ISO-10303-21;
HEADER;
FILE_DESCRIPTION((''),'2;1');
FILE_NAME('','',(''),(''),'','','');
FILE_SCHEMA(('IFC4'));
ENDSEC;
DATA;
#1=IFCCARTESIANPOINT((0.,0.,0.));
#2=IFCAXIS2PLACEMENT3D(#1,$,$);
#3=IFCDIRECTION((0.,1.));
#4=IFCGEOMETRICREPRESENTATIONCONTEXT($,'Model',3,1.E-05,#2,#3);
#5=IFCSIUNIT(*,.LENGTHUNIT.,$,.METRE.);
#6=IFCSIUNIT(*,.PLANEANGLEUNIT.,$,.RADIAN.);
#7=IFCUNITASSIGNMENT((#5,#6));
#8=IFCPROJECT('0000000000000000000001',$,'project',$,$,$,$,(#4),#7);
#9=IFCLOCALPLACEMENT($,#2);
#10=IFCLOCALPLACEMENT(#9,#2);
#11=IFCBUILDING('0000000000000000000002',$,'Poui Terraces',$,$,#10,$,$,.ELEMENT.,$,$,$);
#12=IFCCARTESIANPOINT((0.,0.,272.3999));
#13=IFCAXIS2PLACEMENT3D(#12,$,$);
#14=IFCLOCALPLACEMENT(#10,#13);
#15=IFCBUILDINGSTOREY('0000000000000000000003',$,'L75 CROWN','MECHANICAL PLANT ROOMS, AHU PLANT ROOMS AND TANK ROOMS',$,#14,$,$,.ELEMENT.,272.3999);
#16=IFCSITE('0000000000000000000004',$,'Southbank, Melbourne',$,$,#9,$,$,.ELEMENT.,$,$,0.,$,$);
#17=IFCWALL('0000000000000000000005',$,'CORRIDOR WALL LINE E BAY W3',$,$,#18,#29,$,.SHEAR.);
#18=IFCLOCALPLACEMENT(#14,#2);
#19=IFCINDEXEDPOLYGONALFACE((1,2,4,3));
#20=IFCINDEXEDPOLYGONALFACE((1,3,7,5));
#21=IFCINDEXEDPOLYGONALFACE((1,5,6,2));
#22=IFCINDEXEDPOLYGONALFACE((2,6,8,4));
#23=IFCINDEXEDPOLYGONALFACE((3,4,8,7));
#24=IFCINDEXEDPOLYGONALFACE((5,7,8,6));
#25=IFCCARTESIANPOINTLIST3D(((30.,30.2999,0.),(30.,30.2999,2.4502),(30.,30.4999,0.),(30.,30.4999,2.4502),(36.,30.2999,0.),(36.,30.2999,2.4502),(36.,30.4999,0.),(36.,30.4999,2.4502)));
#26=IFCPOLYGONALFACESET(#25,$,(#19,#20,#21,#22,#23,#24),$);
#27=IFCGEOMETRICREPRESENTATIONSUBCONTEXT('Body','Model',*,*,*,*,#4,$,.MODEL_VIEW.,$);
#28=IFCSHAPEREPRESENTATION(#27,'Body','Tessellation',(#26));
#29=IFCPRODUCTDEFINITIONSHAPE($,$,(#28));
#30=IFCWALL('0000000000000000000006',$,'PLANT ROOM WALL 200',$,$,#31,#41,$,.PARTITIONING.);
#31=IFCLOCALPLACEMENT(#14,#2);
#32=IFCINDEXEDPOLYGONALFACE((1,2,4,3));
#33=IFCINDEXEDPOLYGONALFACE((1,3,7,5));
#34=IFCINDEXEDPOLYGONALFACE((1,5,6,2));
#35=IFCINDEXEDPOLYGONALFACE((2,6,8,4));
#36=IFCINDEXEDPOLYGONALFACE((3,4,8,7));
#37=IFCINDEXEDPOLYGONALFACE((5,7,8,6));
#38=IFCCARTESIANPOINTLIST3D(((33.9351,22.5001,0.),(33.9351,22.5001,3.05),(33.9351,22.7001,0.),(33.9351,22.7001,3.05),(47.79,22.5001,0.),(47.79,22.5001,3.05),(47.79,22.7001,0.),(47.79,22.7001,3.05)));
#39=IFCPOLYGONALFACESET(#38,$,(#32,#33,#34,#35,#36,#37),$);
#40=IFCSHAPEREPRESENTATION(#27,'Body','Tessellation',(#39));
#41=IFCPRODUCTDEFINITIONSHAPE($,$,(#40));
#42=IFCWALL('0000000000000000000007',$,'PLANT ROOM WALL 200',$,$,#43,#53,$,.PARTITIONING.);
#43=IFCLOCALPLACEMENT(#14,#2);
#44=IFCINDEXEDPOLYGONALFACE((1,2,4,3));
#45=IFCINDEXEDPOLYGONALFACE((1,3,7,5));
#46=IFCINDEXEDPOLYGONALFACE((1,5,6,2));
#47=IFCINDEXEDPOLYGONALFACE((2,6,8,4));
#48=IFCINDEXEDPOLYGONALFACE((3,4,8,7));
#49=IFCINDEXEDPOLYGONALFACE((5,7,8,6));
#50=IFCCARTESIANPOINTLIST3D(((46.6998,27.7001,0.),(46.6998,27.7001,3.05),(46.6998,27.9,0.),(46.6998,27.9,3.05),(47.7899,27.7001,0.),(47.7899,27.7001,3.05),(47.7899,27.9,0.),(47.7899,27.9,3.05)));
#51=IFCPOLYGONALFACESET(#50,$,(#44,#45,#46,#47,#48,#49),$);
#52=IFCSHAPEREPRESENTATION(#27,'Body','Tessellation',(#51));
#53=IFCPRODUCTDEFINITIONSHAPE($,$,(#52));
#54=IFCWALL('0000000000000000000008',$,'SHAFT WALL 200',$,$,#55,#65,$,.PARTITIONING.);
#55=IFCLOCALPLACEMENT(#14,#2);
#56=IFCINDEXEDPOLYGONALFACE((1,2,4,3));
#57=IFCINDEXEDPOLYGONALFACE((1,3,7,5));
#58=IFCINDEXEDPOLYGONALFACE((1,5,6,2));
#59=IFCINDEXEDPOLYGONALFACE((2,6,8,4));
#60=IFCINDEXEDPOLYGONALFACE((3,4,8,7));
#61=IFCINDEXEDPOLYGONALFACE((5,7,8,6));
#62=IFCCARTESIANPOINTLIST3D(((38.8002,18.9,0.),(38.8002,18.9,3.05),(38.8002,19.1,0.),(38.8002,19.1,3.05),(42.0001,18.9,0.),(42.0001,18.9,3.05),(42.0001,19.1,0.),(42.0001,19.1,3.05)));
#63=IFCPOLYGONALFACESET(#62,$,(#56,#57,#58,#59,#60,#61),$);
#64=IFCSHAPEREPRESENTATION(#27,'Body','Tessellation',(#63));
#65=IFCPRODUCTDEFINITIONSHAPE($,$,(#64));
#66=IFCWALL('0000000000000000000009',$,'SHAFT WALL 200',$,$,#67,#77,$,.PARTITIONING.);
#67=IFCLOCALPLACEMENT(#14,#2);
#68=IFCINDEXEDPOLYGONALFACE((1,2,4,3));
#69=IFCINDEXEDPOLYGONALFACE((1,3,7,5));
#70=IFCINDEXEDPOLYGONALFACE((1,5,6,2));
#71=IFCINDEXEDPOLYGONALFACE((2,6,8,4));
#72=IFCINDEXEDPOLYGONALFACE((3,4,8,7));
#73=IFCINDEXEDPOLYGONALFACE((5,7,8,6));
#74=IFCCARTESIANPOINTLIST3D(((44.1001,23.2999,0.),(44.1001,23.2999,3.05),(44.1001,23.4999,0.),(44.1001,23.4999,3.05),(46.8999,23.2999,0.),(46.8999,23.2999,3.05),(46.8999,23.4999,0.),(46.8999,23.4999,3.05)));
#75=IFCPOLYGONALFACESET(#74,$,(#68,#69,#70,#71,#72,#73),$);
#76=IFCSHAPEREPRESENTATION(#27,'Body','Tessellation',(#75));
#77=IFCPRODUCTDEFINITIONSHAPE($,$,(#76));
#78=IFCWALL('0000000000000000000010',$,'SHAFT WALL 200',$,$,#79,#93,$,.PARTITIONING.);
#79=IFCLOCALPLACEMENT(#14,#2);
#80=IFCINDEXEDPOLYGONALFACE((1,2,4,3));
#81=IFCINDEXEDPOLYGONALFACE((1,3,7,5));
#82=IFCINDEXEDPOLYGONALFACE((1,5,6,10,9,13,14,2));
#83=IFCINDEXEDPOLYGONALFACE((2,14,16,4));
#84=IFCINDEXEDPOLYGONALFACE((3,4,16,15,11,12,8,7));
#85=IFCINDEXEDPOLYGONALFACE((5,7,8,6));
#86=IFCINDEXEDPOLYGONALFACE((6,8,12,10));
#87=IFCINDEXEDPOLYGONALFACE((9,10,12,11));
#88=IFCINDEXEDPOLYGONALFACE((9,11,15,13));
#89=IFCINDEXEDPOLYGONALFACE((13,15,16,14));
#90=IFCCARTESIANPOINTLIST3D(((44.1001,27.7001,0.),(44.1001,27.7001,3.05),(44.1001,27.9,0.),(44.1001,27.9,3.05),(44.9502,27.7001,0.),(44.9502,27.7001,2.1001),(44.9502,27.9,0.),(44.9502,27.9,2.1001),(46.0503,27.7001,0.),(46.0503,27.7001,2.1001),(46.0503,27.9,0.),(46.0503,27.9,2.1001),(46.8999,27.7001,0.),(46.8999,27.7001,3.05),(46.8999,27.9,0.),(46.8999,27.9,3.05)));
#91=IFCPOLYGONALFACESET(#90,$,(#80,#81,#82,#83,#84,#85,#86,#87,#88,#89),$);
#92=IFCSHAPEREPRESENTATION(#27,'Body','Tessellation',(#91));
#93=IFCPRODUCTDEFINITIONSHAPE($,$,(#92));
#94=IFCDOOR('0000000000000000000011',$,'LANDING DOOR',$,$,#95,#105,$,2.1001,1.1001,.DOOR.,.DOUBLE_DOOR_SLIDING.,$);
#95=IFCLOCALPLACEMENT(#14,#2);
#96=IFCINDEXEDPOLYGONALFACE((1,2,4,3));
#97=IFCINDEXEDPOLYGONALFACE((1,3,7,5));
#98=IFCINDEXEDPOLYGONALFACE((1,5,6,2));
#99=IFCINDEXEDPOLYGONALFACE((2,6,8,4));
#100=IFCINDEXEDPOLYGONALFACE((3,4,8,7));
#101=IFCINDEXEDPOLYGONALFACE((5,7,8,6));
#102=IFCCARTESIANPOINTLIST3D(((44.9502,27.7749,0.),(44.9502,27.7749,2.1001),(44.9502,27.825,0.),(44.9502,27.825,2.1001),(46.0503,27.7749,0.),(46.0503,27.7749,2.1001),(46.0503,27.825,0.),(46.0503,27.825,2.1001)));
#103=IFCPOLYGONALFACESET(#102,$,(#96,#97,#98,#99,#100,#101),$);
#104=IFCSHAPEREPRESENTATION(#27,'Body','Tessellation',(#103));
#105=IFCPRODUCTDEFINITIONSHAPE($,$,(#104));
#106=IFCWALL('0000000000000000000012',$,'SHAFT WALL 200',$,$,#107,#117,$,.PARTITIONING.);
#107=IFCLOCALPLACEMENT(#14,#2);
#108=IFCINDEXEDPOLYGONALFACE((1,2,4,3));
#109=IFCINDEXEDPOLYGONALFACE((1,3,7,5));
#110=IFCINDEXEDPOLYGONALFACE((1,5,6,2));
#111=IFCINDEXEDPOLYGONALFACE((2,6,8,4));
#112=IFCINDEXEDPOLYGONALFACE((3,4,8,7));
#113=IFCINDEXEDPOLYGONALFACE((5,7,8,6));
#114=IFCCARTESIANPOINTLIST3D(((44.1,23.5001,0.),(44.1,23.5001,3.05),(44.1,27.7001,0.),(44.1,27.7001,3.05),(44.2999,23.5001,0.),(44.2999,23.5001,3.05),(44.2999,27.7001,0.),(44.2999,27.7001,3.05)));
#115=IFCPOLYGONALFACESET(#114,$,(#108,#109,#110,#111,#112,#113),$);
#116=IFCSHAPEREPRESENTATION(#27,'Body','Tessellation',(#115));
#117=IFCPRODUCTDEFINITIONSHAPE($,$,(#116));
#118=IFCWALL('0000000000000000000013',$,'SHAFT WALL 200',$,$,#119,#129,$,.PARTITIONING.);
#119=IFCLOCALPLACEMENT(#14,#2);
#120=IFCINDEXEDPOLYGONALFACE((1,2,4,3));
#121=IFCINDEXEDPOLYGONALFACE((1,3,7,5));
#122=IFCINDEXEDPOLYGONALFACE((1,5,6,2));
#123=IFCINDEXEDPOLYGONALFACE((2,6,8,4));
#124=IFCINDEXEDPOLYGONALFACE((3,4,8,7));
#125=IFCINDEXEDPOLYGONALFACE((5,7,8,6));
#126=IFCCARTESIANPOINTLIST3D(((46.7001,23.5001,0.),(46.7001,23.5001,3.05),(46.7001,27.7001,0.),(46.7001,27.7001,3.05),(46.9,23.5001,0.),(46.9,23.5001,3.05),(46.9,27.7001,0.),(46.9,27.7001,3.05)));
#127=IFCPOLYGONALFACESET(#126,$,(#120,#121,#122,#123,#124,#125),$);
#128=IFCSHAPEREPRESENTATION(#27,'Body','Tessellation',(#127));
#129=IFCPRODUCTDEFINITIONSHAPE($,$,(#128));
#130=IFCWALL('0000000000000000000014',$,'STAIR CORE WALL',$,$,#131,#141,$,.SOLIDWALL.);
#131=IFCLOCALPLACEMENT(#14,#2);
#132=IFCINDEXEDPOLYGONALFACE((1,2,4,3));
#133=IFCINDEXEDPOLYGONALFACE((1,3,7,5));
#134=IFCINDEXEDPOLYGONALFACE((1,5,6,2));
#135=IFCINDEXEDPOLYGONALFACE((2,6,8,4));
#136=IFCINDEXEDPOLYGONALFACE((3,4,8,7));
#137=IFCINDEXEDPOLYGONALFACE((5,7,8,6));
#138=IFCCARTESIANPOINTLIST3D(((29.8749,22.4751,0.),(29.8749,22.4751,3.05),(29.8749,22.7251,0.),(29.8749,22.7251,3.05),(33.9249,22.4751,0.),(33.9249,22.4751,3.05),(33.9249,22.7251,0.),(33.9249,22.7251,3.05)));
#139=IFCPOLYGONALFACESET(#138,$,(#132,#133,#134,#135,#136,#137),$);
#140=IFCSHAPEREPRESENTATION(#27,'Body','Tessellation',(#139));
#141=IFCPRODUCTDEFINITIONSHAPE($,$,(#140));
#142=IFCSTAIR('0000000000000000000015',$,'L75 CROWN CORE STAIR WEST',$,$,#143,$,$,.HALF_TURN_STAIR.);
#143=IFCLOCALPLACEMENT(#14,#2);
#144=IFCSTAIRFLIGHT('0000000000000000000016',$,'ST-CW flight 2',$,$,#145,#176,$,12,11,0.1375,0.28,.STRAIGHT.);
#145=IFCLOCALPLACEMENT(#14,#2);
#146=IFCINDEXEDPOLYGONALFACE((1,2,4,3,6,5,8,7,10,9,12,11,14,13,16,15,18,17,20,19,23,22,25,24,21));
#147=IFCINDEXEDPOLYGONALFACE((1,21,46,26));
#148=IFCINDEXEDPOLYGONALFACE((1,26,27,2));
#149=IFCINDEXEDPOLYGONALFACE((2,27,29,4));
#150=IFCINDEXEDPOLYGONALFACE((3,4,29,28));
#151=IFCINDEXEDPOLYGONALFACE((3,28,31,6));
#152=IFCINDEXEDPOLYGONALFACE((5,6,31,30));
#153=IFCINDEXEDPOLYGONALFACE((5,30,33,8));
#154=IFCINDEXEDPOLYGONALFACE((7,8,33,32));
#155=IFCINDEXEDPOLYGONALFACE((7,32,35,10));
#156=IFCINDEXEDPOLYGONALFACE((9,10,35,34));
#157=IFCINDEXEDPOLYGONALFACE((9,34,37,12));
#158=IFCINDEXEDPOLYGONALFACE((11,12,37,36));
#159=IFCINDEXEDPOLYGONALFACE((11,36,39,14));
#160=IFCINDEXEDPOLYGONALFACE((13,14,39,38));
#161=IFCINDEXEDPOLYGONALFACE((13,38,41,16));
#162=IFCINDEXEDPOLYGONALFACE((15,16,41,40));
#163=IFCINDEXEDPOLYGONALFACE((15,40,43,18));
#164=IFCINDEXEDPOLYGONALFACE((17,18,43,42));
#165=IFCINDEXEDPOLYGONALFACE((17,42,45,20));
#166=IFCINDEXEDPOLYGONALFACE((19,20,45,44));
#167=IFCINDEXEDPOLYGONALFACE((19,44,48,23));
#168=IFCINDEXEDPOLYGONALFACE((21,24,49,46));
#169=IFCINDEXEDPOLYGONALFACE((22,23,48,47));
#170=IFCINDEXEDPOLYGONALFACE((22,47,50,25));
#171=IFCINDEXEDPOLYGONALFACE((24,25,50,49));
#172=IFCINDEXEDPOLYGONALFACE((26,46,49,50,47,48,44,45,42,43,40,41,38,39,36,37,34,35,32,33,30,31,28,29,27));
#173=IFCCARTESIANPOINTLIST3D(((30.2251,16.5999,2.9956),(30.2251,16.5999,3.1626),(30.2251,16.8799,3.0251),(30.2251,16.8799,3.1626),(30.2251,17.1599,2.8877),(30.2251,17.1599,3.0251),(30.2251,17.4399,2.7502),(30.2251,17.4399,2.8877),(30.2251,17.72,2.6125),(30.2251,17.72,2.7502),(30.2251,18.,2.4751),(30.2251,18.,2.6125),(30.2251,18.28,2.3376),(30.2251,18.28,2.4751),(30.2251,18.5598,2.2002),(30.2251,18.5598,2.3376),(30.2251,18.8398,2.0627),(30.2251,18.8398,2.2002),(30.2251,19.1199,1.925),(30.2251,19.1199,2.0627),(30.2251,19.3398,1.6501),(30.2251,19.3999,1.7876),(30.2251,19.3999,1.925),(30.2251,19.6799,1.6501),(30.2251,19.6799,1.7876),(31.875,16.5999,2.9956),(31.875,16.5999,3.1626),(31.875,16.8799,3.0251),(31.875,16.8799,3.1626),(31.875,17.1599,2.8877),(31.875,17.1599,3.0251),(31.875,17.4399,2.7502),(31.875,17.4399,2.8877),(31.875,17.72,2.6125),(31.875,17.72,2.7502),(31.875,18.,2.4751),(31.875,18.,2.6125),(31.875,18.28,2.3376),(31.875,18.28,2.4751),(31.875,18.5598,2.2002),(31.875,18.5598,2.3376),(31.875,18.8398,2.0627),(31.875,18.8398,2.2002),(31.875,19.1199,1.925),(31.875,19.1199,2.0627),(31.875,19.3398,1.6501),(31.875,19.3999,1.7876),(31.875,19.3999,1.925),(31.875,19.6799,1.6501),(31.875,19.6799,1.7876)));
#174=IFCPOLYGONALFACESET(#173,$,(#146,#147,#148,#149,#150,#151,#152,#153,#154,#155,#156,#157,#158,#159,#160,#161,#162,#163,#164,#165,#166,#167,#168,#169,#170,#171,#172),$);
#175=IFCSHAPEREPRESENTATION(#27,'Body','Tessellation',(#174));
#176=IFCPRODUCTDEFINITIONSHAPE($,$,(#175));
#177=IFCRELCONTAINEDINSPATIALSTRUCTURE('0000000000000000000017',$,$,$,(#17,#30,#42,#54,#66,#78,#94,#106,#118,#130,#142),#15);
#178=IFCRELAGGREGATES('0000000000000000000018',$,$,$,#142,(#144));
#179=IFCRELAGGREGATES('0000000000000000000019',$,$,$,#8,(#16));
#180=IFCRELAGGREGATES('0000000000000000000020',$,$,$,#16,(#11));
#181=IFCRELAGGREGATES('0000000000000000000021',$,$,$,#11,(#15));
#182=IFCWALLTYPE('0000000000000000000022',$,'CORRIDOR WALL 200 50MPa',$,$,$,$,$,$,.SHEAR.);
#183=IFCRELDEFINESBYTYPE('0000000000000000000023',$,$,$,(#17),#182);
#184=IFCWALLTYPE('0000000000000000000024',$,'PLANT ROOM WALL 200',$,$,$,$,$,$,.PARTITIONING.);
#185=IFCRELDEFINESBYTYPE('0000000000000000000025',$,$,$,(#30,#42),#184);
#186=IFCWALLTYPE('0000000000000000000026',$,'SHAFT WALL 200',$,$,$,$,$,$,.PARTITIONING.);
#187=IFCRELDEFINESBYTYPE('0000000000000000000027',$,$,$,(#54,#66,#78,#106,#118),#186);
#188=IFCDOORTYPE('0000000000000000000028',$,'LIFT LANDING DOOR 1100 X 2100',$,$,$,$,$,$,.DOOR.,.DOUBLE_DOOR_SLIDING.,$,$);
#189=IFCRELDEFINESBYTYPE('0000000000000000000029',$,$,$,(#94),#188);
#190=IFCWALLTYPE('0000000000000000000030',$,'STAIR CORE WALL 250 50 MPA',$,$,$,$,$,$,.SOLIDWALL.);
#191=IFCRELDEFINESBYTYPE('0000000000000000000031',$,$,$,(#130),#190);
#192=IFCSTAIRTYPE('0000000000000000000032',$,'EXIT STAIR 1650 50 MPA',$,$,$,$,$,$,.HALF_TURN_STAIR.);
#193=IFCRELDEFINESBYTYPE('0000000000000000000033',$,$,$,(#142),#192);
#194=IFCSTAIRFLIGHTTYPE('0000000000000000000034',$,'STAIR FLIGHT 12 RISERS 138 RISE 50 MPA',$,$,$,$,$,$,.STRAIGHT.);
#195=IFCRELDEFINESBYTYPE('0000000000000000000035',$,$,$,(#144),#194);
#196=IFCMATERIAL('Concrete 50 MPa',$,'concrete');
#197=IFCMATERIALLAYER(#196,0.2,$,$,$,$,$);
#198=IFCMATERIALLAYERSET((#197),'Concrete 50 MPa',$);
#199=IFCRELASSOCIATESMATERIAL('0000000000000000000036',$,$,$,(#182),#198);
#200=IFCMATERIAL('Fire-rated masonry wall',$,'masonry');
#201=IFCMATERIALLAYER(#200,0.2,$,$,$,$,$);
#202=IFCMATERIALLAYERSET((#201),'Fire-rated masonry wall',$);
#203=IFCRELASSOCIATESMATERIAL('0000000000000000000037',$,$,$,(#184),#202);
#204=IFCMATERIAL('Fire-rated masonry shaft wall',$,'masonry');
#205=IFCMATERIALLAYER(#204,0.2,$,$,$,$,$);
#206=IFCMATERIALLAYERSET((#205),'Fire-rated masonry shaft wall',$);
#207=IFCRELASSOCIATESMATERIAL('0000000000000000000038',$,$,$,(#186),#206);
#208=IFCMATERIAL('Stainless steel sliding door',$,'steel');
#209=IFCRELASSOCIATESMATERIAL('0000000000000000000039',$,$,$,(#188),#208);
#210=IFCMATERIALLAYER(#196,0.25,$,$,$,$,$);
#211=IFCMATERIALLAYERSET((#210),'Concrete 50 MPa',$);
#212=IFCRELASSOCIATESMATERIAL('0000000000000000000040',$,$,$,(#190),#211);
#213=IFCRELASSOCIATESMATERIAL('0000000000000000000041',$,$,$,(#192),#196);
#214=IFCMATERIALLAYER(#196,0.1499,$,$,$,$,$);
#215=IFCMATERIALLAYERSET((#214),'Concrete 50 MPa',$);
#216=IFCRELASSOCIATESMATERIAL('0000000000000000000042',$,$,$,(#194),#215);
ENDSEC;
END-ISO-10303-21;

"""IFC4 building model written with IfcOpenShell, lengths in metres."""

from ifc_helpers import new_model, si_unit, direction, frame, frame_2d, origin, place, context, subcontext, project, spatial, polyline, rectangle, outline, extrude, material, layer, layer_set, type_object, element, fill, aggregate, save


model = new_model("IFC4")

# Units and contexts
model_context = context("Model", 3, precision=1e-05, world=origin(), true_north=direction((0.0, 1.0)))
body_context = subcontext(model_context, "Body", "Model", "MODEL_VIEW")
ifc_project = project(units=[si_unit("LENGTHUNIT", "METRE"), si_unit("PLANEANGLEUNIT", "RADIAN")], contexts=[model_context])

# Site, building, storey
site_placement = place(None, origin())
site = spatial("IfcSite", under=ifc_project, at=site_placement, Name="Southbank, Melbourne", CompositionType="ELEMENT", RefElevation=0.0)
building_placement = place(site_placement, origin())
building = spatial("IfcBuilding", under=site, at=building_placement, Name="Poui Terraces", CompositionType="ELEMENT")
storey_placement = place(building_placement, frame((0.0, 0.0, 272.3999)))
storey = spatial("IfcBuildingStorey", under=building, at=storey_placement, Name="L75 CROWN", Description="MECHANICAL PLANT ROOMS, AHU PLANT ROOMS AND TANK ROOMS", CompositionType="ELEMENT", Elevation=272.3999)

# Walls
ifc_material_1 = material(Name="Concrete 50 MPa", Category="concrete")
ifc_layer_1 = layer(ifc_material_1, 0.2)
ifc_layer_set_1 = layer_set([ifc_layer_1], Name="Concrete 50 MPa")
wall_type_1 = type_object("IfcWallType", Name="CORRIDOR WALL 200 50MPa", PredefinedType="SHEAR", material=ifc_layer_set_1)
wall_1_placement = place(storey_placement, frame((30.0, 30.3999, 0.0), z_axis=(0.0, 0.0, 1.0), x_axis=(1.0, 0.0, 0.0)))
element("IfcWall", 1, at=wall_1_placement, inside=storey, type_object=wall_type_1, Name="CORRIDOR WALL LINE E BAY W3", PredefinedType="SHEAR", context=body_context, shape_type="SweptSolid", body=[
    extrude(rectangle(XDim=6.0, YDim=0.2, at=frame_2d((3.0, 0.0))), origin(), (0.0, 0.0, 1.0), 2.4502),
])
ifc_material_2 = material(Name="Fire-rated masonry wall", Category="masonry")
ifc_layer_2 = layer(ifc_material_2, 0.2)
ifc_layer_set_2 = layer_set([ifc_layer_2], Name="Fire-rated masonry wall")
wall_type_2 = type_object("IfcWallType", Name="PLANT ROOM WALL 200", PredefinedType="PARTITIONING", material=ifc_layer_set_2)
wall_2_placement = place(storey_placement, frame((33.9351, 22.6001, 0.0), z_axis=(0.0, 0.0, 1.0), x_axis=(1.0, 0.0, 0.0)))
element("IfcWall", 2, at=wall_2_placement, inside=storey, type_object=wall_type_2, Name="PLANT ROOM WALL 200", PredefinedType="PARTITIONING", context=body_context, shape_type="SweptSolid", body=[
    extrude(rectangle(XDim=13.855, YDim=0.2, at=frame_2d((6.9275, 0.0))), origin(), (0.0, 0.0, 1.0), 3.05),
])
wall_3_placement = place(storey_placement, frame((46.7, 27.8, 0.0), z_axis=(0.0, 0.0, 1.0), x_axis=(1.0, 0.0, 0.0)))
element("IfcWall", 3, at=wall_3_placement, inside=storey, type_object=wall_type_2, Name="PLANT ROOM WALL 200", PredefinedType="PARTITIONING", context=body_context, shape_type="SweptSolid", body=[
    extrude(rectangle(XDim=1.0901, YDim=0.2, at=frame_2d((0.5449, 0.0))), origin(), (0.0, 0.0, 1.0), 3.05),
])
ifc_material_3 = material(Name="Fire-rated masonry shaft wall", Category="masonry")
ifc_layer_3 = layer(ifc_material_3, 0.2)
ifc_layer_set_3 = layer_set([ifc_layer_3], Name="Fire-rated masonry shaft wall")
wall_type_3 = type_object("IfcWallType", Name="SHAFT WALL 200", PredefinedType="PARTITIONING", material=ifc_layer_set_3)
wall_4_placement = place(storey_placement, frame((38.8, 19.0, 0.0), z_axis=(0.0, 0.0, 1.0), x_axis=(1.0, 0.0, 0.0)))
element("IfcWall", 4, at=wall_4_placement, inside=storey, type_object=wall_type_3, Name="SHAFT WALL 200", PredefinedType="PARTITIONING", context=body_context, shape_type="SweptSolid", body=[
    extrude(rectangle(XDim=3.2, YDim=0.2, at=frame_2d((1.6001, 0.0))), origin(), (0.0, 0.0, 1.0), 3.05),
])
wall_5_placement = place(storey_placement, frame((44.1001, 23.3999, 0.0), z_axis=(0.0, 0.0, 1.0), x_axis=(1.0, 0.0, 0.0)))
element("IfcWall", 5, at=wall_5_placement, inside=storey, type_object=wall_type_3, Name="SHAFT WALL 200", PredefinedType="PARTITIONING", context=body_context, shape_type="SweptSolid", body=[
    extrude(rectangle(XDim=2.7998, YDim=0.2, at=frame_2d((1.3999, 0.0))), origin(), (0.0, 0.0, 1.0), 3.05),
])

# Wall, opening, door
wall_6_placement = place(storey_placement, frame((44.1001, 27.8, 0.0), z_axis=(0.0, 0.0, 1.0), x_axis=(1.0, 0.0, 0.0)))
wall_6 = element("IfcWall", 6, at=wall_6_placement, inside=storey, type_object=wall_type_3, Name="SHAFT WALL 200", PredefinedType="PARTITIONING", context=body_context, shape_type="SweptSolid", body=[
    extrude(rectangle(XDim=2.7998, YDim=0.2, at=frame_2d((1.3999, 0.0))), origin(), (0.0, 0.0, 1.0), 3.05),
])
opening_placement = place(wall_6_placement, frame((0.8501, 0.0, 0.0)))
opening = element("IfcOpeningElement", 7, at=opening_placement, cuts=wall_6, PredefinedType="OPENING", context=body_context, shape_type="SweptSolid", body=[
    extrude(rectangle(XDim=1.1001, YDim=2.1001, at=frame_2d((0.55, 1.05))), frame((0.0, 0.1099, 0.0), z_axis=(0.0, -1.0, 0.0), x_axis=(1.0, 0.0, 0.0)), (0.0, 0.0, 1.0), 0.22),
])
ifc_material_4 = material(Name="Stainless steel sliding door", Category="steel")
door_type = type_object("IfcDoorType", Name="LIFT LANDING DOOR 1100 X 2100", OperationType="DOUBLE_DOOR_SLIDING", PredefinedType="DOOR", material=ifc_material_4)
door_placement = place(opening_placement, origin())
door = element("IfcDoor", 8, at=door_placement, inside=storey, type_object=door_type, Name="LANDING DOOR", OperationType="DOUBLE_DOOR_SLIDING", OverallHeight=2.1001, OverallWidth=1.1001, PredefinedType="DOOR", context=body_context, shape_type="SweptSolid", body=[
    extrude(rectangle(XDim=1.1001, YDim=2.1001, at=frame_2d((0.55, 1.05))), frame((0.0, 0.0249, 0.0), z_axis=(0.0, -1.0, 0.0), x_axis=(1.0, 0.0, 0.0)), (0.0, 0.0, 1.0), 0.05),
])
fill(opening, door)

# Walls
for number, where, z_axis, x_axis, name in (
    (9, (44.2, 23.5, 0.0), (0.0, 0.0, 1.0), (0.0, 1.0, 0.0), "SHAFT WALL 200"),
    (10, (46.8, 23.5, 0.0), (0.0, 0.0, 1.0), (0.0, 1.0, 0.0), "SHAFT WALL 200"),
):
    element("IfcWall", number, at=place(storey_placement, frame(where, z_axis=z_axis, x_axis=x_axis)), inside=storey, type_object=wall_type_3, Name=name, PredefinedType="PARTITIONING", context=body_context, shape_type="SweptSolid", body=[
        extrude(rectangle(XDim=4.2, YDim=0.2, at=frame_2d((2.1001, 0.0))), origin(), (0.0, 0.0, 1.0), 3.05),
    ])
ifc_layer_4 = layer(ifc_material_1, 0.25)
ifc_layer_set_4 = layer_set([ifc_layer_4], Name="Concrete 50 MPa")
wall_type_4 = type_object("IfcWallType", Name="STAIR CORE WALL 250 50 MPA", PredefinedType="SOLIDWALL", material=ifc_layer_set_4)
wall_7_placement = place(storey_placement, frame((29.875, 22.6001, 0.0), z_axis=(0.0, 0.0, 1.0), x_axis=(1.0, 0.0, 0.0)))
element("IfcWall", 11, at=wall_7_placement, inside=storey, type_object=wall_type_4, Name="STAIR CORE WALL", PredefinedType="SOLIDWALL", context=body_context, shape_type="SweptSolid", body=[
    extrude(rectangle(XDim=4.05, YDim=0.25, at=frame_2d((2.0249, 0.0))), origin(), (0.0, 0.0, 1.0), 3.05),
])

# Stair, stair flight
stair_type = type_object("IfcStairType", Name="EXIT STAIR 1650 50 MPA", PredefinedType="HALF_TURN_STAIR", material=ifc_material_1)
stair_placement = place(storey_placement, origin())
stair = element("IfcStair", 12, at=stair_placement, inside=storey, type_object=stair_type, Name="L75 CROWN CORE STAIR WEST", PredefinedType="HALF_TURN_STAIR")
ifc_layer_5 = layer(ifc_material_1, 0.1499)
ifc_layer_set_5 = layer_set([ifc_layer_5], Name="Concrete 50 MPa")
stair_flight_type = type_object("IfcStairFlightType", Name="STAIR FLIGHT 12 RISERS 138 RISE 50 MPA", PredefinedType="STRAIGHT", material=ifc_layer_set_5)
stair_flight_placement = place(storey_placement, frame((31.05, 19.6799, 1.6501), z_axis=(0.0, 0.0, 1.0), x_axis=(0.0, -1.0, 0.0)))
stair_flight = element("IfcStairFlight", 13, at=stair_flight_placement, type_object=stair_flight_type, Name="ST-CW flight 2", NumberOfRisers=12, NumberOfTreads=11, PredefinedType="STRAIGHT", RiserHeight=0.1375, TreadLength=0.28, context=body_context, shape_type="SweptSolid", body=[
    extrude(outline(polyline([(0.0, 0.0), (0.0, 0.1375), (0.28, 0.1375), (0.28, 0.2749), (0.5601, 0.2749), (0.5601, 0.4126), (0.8401, 0.4126), (0.8401, 0.55), (1.1201, 0.55), (1.1201, 0.6875), (1.3999, 0.6875), (1.3999, 0.825), (1.6799, 0.825), (1.6799, 0.9624), (1.96, 0.9624), (1.96, 1.1001), (2.24, 1.1001), (2.24, 1.2375), (2.52, 1.2375), (2.52, 1.375), (2.8, 1.375), (2.8, 1.5125), (3.0801, 1.5125), (3.0801, 1.6499), (3.0801, 1.3455), (0.3401, 0.0), (0.0, 0.0)])), frame((0.0, 0.825, 0.0), z_axis=(0.0, -1.0, 0.0), x_axis=(1.0, 0.0, 0.0)), (0.0, 0.0, 1.0), 1.6499),
])
aggregate(stair, [stair_flight])

save(model, "model.ifc")
